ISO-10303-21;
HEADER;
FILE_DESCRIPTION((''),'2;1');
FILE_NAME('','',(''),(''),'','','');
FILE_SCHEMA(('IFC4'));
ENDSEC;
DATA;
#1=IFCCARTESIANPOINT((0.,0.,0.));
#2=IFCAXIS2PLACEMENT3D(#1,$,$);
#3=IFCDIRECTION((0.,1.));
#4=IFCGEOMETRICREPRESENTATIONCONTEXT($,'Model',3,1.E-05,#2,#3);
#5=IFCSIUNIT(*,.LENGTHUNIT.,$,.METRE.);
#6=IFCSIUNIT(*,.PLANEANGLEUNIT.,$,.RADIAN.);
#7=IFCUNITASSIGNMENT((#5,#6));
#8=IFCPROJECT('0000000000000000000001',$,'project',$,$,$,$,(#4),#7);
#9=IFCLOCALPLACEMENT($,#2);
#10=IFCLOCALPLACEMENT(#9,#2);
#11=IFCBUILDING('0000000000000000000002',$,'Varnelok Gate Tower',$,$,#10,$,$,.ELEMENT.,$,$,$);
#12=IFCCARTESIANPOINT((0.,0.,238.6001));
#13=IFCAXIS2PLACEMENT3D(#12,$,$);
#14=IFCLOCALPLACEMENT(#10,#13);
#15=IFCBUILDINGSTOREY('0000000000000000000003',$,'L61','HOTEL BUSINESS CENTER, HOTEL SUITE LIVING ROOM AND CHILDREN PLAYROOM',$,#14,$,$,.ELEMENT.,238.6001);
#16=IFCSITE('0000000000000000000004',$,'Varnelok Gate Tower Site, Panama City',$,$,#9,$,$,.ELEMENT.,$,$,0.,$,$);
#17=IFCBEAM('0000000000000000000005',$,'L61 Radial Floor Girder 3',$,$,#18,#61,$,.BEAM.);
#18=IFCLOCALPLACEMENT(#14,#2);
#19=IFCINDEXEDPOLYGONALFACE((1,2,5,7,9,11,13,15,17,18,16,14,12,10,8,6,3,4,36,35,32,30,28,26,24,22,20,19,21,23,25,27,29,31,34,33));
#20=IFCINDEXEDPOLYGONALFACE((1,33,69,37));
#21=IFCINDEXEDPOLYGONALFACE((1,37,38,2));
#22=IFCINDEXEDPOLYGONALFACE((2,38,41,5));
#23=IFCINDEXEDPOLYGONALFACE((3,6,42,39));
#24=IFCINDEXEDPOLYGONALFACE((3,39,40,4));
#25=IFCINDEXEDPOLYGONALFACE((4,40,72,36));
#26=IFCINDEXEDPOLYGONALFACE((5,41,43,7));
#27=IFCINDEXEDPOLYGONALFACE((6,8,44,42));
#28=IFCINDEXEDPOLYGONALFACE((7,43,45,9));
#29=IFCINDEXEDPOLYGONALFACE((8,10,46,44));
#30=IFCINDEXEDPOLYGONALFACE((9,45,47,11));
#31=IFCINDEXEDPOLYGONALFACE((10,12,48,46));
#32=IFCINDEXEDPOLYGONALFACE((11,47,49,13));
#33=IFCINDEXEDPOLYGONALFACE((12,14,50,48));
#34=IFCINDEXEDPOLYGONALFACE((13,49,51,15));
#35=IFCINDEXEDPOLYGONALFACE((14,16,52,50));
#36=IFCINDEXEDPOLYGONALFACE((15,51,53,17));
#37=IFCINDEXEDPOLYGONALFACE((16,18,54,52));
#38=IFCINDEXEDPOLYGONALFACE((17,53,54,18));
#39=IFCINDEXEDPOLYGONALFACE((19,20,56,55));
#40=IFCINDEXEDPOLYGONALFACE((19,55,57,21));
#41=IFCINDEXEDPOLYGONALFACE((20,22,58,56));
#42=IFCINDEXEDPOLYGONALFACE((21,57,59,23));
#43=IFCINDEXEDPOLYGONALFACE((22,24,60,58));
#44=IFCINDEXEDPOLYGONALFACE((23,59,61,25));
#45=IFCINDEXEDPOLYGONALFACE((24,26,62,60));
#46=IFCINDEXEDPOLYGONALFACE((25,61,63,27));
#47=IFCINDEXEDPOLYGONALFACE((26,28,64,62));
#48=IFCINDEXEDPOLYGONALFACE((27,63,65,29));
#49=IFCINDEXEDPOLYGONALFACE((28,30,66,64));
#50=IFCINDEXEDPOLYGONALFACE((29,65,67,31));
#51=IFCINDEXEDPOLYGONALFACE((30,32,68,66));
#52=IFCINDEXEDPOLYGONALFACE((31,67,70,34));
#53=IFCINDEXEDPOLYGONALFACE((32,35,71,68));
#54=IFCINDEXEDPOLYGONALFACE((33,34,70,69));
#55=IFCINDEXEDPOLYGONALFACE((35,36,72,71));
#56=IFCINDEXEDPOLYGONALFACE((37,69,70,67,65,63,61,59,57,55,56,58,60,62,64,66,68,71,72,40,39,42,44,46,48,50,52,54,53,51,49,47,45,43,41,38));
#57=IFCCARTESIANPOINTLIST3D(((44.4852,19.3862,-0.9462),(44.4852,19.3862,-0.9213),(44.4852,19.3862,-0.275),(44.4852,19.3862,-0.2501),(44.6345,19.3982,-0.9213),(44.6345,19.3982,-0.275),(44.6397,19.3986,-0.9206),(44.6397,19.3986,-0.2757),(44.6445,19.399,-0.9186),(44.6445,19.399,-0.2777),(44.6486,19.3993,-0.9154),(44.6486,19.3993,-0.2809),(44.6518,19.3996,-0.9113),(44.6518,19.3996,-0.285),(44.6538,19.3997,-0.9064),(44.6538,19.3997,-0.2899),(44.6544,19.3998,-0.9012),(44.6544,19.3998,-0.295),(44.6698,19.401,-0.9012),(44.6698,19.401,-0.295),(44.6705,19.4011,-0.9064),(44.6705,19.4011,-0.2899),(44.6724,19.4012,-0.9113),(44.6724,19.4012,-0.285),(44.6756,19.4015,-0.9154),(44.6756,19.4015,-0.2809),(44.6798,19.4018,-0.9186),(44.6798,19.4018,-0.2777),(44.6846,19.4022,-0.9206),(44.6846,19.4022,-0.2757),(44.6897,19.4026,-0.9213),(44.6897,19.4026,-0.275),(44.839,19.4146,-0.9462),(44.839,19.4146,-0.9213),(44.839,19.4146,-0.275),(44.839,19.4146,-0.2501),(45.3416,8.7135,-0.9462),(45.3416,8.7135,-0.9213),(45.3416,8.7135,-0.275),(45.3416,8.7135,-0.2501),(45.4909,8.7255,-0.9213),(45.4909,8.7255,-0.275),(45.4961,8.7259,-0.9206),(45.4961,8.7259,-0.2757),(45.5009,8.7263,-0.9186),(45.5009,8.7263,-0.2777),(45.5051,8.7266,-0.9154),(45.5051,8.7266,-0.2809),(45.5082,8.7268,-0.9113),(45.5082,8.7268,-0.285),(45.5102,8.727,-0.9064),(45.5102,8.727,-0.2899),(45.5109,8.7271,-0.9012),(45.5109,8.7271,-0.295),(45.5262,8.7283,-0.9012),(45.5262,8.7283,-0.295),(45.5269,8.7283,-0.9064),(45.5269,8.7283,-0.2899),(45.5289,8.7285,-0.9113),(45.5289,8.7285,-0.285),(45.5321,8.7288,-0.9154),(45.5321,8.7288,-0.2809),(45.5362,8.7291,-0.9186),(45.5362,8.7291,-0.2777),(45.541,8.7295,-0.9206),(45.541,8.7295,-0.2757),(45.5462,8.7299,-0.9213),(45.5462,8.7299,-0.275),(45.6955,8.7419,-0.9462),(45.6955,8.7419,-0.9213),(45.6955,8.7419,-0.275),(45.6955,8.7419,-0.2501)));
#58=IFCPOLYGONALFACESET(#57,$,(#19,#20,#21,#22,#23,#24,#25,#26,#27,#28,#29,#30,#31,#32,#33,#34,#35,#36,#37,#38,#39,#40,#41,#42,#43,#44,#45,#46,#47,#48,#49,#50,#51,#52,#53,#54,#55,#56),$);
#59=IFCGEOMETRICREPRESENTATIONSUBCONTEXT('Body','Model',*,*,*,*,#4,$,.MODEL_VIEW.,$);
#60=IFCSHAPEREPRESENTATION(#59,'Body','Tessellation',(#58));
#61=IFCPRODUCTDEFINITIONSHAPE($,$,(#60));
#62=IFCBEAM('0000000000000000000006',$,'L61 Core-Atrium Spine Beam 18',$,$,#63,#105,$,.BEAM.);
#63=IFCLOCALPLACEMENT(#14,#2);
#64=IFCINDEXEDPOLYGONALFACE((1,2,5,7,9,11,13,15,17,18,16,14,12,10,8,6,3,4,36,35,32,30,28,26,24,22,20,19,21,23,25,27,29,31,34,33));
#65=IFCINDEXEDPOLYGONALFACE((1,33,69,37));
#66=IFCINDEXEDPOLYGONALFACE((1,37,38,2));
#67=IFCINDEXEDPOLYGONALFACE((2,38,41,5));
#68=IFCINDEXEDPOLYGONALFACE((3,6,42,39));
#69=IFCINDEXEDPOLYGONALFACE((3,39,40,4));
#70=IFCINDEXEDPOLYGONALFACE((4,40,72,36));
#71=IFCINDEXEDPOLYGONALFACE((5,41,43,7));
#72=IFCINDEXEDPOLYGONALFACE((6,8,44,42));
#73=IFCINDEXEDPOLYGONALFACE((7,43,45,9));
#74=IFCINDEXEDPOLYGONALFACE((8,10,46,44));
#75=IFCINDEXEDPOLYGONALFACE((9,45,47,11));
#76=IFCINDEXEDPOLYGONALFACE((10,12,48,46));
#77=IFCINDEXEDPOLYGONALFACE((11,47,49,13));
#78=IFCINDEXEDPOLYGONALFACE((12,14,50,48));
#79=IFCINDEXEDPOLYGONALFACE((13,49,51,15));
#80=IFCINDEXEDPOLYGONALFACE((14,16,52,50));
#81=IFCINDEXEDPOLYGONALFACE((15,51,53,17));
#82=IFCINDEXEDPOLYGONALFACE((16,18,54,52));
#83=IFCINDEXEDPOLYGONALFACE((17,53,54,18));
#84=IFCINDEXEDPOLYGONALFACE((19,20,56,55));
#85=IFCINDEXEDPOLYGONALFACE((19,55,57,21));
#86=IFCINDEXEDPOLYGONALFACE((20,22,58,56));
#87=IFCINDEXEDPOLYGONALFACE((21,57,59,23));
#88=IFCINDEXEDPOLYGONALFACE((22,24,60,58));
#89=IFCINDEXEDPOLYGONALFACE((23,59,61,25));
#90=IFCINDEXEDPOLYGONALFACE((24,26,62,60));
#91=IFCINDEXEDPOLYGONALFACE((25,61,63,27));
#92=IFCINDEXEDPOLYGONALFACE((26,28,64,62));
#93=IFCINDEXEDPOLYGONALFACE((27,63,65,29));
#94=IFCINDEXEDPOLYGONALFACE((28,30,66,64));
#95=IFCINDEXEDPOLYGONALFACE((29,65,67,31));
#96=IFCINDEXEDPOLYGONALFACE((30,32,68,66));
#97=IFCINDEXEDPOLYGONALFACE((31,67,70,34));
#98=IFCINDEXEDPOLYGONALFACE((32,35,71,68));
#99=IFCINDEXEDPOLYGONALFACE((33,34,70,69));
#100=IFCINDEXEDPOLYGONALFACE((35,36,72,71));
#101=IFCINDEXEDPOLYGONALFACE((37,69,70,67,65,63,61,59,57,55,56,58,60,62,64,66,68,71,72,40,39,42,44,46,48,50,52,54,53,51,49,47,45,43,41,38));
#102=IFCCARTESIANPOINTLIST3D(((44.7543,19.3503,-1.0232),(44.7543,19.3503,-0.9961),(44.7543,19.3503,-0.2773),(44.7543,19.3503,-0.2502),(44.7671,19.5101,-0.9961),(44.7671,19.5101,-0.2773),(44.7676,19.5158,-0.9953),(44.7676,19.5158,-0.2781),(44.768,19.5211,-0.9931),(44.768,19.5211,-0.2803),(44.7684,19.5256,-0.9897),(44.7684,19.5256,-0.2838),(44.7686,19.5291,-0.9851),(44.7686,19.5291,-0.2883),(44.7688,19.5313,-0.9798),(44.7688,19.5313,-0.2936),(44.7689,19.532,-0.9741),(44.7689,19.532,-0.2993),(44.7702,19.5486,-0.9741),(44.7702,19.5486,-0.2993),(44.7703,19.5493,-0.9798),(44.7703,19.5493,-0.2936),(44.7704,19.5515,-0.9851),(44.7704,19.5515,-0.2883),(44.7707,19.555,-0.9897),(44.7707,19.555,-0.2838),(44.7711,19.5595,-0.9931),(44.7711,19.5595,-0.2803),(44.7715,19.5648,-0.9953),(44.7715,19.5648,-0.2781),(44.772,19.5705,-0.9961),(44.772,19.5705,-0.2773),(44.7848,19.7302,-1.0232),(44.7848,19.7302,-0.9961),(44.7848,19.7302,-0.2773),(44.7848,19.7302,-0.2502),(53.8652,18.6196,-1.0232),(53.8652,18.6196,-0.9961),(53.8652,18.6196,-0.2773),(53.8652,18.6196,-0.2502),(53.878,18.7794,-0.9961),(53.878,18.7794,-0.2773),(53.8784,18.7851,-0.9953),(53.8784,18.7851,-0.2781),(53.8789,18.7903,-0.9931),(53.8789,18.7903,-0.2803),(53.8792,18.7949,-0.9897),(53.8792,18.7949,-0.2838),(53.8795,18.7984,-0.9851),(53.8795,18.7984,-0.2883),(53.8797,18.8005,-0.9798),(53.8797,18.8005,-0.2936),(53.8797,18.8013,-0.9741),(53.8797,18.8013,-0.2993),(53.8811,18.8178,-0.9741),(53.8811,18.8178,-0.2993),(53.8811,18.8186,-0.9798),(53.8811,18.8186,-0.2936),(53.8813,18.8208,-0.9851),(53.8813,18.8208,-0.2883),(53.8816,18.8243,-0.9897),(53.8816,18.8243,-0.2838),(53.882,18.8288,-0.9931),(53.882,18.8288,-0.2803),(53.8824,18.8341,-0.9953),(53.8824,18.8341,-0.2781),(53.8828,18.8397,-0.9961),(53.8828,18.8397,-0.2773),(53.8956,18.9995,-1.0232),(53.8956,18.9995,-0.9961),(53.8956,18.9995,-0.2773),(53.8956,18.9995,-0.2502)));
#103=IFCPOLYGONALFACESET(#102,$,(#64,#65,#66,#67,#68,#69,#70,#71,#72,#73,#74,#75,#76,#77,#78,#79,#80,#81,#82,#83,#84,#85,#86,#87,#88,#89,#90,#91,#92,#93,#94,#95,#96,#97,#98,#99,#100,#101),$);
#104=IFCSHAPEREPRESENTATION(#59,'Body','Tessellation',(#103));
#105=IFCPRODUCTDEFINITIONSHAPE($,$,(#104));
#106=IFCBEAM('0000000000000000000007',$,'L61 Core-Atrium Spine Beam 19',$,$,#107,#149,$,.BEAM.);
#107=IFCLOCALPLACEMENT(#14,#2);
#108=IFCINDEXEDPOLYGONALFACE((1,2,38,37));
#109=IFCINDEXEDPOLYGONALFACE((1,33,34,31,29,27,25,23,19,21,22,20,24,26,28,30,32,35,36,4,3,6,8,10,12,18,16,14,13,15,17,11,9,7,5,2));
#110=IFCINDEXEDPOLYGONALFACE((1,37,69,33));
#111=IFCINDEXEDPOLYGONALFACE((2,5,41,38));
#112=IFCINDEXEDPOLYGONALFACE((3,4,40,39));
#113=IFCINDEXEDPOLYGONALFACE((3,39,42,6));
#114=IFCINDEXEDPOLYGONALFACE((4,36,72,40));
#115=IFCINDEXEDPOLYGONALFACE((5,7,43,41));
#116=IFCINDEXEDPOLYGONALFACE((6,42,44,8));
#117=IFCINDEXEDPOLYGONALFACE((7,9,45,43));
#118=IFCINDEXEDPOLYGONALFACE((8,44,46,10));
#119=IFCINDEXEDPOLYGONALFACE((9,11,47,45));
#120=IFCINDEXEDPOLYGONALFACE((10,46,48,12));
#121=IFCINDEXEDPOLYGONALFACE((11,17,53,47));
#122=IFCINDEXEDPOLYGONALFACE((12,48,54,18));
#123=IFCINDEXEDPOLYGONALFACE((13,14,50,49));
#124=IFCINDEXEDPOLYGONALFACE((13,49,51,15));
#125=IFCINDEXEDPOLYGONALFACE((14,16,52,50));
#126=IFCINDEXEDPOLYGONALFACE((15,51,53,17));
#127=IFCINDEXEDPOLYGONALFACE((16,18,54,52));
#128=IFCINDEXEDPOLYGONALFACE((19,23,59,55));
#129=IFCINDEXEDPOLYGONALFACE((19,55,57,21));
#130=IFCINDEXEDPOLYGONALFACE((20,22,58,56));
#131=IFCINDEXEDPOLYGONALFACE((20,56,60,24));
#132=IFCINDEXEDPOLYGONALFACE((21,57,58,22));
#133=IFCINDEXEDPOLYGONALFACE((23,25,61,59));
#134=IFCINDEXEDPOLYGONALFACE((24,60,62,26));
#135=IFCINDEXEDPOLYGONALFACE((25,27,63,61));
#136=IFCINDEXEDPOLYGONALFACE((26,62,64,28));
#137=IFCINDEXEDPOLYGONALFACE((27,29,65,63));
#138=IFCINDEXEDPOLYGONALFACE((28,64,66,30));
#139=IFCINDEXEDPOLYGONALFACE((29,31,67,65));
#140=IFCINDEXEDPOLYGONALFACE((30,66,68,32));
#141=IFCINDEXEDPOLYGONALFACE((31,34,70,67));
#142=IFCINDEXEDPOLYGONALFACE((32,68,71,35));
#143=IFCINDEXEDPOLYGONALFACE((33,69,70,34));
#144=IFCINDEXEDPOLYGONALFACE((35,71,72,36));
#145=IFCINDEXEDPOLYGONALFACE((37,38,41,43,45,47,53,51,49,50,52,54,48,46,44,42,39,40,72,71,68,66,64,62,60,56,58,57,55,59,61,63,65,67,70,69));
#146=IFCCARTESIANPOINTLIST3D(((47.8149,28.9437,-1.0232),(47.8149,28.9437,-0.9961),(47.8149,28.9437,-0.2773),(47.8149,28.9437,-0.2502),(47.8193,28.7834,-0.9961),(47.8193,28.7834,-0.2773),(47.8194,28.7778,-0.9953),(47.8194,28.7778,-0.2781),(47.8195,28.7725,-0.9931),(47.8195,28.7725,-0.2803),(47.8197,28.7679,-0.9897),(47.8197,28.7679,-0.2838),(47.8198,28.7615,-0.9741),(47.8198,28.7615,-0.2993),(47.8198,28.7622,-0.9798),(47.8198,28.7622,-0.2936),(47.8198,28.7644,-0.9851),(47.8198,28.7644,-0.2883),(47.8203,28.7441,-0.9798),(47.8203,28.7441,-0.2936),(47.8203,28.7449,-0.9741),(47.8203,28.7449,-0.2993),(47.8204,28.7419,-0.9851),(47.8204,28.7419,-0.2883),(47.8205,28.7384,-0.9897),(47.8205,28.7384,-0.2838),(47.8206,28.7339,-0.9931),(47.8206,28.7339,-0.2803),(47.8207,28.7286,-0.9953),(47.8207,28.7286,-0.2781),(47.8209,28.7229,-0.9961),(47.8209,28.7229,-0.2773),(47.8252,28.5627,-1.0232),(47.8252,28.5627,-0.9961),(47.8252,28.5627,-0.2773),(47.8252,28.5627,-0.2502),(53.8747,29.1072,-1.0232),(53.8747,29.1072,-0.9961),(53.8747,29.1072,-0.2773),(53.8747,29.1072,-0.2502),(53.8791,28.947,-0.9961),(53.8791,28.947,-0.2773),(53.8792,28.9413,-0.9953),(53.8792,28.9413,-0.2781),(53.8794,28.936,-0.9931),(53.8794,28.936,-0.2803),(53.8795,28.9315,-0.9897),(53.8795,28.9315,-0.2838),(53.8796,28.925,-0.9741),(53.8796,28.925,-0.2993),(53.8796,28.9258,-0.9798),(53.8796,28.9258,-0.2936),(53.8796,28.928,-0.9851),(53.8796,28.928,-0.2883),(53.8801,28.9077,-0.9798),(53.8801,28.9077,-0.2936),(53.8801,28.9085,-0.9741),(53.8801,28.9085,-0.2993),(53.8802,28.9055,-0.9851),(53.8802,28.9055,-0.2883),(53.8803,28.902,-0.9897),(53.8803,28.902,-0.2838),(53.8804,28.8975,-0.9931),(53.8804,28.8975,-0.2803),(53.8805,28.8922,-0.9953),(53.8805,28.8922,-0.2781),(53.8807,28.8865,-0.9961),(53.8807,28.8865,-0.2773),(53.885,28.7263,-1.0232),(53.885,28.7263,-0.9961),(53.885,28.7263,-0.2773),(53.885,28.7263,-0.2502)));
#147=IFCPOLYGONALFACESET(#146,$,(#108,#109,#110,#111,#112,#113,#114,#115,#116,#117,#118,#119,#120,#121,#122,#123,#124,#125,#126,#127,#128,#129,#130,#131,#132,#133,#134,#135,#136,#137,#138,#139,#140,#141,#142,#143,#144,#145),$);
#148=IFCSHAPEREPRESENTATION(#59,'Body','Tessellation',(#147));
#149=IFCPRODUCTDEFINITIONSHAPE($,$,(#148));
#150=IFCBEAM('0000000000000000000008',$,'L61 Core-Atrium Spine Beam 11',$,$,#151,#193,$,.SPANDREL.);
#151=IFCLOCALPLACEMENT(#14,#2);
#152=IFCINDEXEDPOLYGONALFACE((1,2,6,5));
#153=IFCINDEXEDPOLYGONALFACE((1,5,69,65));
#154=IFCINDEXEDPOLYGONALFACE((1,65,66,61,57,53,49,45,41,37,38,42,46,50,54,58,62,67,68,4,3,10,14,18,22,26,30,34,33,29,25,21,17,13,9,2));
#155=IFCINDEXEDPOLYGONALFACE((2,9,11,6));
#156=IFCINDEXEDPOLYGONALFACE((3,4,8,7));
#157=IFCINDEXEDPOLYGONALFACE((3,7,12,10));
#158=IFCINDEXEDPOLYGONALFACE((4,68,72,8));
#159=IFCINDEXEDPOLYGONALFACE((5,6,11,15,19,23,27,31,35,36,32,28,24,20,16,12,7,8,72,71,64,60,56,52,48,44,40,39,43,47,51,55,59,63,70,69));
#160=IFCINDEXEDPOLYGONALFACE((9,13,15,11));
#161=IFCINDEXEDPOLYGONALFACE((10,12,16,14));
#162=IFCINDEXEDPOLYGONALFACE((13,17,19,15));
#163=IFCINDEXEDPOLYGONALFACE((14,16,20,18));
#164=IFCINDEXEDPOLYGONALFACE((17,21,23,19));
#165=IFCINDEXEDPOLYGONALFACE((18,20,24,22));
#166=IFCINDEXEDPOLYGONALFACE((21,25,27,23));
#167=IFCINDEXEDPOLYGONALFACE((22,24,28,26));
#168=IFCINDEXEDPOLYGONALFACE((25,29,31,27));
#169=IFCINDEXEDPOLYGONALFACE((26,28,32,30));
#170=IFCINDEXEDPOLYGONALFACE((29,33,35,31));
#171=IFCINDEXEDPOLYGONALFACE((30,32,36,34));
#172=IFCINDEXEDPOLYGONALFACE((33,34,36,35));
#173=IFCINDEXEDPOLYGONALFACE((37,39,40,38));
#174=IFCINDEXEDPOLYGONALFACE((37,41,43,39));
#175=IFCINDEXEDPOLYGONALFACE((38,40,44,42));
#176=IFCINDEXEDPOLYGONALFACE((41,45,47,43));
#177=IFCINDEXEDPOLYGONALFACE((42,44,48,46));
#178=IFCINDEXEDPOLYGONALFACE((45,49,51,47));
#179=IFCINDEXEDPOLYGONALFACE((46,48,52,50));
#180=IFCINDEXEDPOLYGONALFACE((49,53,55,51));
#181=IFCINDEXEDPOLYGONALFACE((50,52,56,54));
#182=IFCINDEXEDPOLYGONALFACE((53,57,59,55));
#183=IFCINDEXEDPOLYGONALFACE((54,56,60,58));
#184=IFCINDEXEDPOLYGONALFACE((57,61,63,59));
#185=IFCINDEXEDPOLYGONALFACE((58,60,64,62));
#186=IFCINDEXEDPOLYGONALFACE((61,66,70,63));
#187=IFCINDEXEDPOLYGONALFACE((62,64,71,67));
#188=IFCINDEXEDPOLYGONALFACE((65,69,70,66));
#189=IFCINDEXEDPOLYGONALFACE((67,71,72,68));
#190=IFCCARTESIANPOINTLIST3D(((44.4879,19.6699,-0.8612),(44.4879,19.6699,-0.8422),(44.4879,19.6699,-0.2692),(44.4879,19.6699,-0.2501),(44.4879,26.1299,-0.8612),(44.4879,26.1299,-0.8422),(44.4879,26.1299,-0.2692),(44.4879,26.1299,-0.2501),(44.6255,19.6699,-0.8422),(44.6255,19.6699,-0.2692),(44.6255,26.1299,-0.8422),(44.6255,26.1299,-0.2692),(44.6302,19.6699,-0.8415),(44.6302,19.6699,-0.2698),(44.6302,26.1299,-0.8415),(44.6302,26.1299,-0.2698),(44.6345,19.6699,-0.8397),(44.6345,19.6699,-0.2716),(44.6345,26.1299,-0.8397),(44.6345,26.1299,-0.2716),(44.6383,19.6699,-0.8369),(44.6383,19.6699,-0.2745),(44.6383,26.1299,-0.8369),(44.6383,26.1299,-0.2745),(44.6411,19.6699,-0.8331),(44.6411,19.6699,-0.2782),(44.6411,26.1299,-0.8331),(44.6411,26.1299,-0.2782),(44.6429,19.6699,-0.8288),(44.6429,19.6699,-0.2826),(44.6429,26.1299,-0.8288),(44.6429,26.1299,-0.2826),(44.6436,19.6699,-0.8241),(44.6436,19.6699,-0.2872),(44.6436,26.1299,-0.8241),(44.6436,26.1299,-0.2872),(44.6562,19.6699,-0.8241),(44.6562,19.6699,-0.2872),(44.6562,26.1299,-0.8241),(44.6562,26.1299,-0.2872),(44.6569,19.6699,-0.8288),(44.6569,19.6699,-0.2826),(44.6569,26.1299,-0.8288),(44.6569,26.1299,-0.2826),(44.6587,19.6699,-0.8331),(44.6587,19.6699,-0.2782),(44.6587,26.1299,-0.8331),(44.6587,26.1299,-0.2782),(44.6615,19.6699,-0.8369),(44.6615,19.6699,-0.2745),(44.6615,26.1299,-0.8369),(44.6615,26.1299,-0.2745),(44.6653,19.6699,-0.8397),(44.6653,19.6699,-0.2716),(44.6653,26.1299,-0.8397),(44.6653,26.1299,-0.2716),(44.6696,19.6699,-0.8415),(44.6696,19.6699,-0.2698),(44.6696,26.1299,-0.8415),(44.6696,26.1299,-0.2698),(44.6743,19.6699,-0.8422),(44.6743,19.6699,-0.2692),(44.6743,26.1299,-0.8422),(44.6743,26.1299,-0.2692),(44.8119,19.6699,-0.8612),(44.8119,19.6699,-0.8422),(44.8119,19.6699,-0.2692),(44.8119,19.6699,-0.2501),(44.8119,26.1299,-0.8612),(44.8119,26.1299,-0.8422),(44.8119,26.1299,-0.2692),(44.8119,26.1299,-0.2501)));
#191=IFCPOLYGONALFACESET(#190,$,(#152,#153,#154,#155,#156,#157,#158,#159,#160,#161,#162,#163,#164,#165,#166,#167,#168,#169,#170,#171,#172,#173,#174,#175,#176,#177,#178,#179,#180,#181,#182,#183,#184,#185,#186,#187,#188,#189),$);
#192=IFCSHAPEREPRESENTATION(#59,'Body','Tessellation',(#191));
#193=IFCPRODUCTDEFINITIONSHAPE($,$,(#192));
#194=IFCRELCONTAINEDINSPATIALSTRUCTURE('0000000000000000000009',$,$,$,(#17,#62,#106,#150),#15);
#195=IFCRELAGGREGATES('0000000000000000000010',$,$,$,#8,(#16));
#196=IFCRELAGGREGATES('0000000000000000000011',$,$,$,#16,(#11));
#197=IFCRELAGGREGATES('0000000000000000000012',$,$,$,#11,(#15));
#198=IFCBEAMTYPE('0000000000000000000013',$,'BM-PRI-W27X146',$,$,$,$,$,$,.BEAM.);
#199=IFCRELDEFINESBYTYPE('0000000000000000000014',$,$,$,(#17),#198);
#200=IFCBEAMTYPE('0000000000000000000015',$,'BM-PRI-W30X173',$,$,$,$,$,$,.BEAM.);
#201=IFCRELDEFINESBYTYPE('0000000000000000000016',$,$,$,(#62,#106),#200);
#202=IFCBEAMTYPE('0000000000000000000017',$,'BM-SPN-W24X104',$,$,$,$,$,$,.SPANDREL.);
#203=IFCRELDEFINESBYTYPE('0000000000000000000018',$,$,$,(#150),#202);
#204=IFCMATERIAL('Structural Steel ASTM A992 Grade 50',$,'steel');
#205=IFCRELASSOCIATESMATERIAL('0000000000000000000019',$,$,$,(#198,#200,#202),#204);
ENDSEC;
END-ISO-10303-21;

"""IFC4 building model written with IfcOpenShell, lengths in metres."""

from ifc_helpers import new_model, si_unit, direction, frame, origin, origin_2d, place, context, subcontext, project, spatial, i_section, extrude, material, material_profile, profile_set, type_object, element, save


model = new_model("IFC4")

# Units and contexts
model_context = context("Model", 3, precision=1e-05, world=origin(), true_north=direction((0.0, 1.0)))
body_context = subcontext(model_context, "Body", "Model", "MODEL_VIEW")
ifc_project = project(units=[si_unit("LENGTHUNIT", "METRE"), si_unit("PLANEANGLEUNIT", "RADIAN")], contexts=[model_context])

# Site, building, storey
site_placement = place(None, origin())
site = spatial("IfcSite", under=ifc_project, at=site_placement, Name="Varnelok Gate Tower Site, Panama City", CompositionType="ELEMENT", RefElevation=0.0)
building_placement = place(site_placement, origin())
building = spatial("IfcBuilding", under=site, at=building_placement, Name="Varnelok Gate Tower", CompositionType="ELEMENT")
storey_placement = place(building_placement, frame((0.0, 0.0, 238.6001)))
storey = spatial("IfcBuildingStorey", under=building, at=storey_placement, Name="L61", Description="HOTEL BUSINESS CENTER, HOTEL SUITE LIVING ROOM AND CHILDREN PLAYROOM", CompositionType="ELEMENT", Elevation=238.6001)

# Shared definitions
ifc_material_1 = material(Name="Structural Steel ASTM A992 Grade 50", Category="steel")

# Beams
ifc_material_profile_1 = material_profile(ifc_material_1, i_section(OverallWidth=0.355, OverallDepth=0.696, WebThickness=0.0154, FlangeThickness=0.0249, FilletRadius=0.02, at=origin_2d()), Name="W27X146")
ifc_profile_set_1 = profile_set([ifc_material_profile_1], Name="Structural Steel ASTM A992 Grade 50")
beam_type_1 = type_object("IfcBeamType", Name="BM-PRI-W27X146", PredefinedType="BEAM", material=ifc_profile_set_1)
beam_1_placement = place(storey_placement, frame((44.6621, 19.4004, -0.5981), z_axis=(0.07999, -0.996796, 0.0), x_axis=(0.996796, 0.07999, 0.0)))
element("IfcBeam", 1, at=beam_1_placement, inside=storey, type_object=beam_type_1, Name="L61 Radial Floor Girder 3", PredefinedType="BEAM", context=body_context, shape_type="SweptSolid", body=[
    extrude(i_section(OverallWidth=0.355, OverallDepth=0.696, WebThickness=0.0154, FlangeThickness=0.0249, FilletRadius=0.02, at=origin_2d()), origin(), (0.0, 0.0, 1.0), 10.707),
])
ifc_material_profile_2 = material_profile(ifc_material_1, i_section(OverallWidth=0.3811, OverallDepth=0.7729, WebThickness=0.0166, FlangeThickness=0.0271, FilletRadius=0.022, at=origin_2d()), Name="W30X173")
ifc_profile_set_2 = profile_set([ifc_material_profile_2], Name="Structural Steel ASTM A992 Grade 50")
beam_type_2 = type_object("IfcBeamType", Name="BM-PRI-W30X173", PredefinedType="BEAM", material=ifc_profile_set_2)
beam_2_placement = place(storey_placement, frame((44.7695, 19.5403, -0.6367), z_axis=(0.996799, -0.079946, 0.0), x_axis=(0.079946, 0.996799, 0.0)))
element("IfcBeam", 2, at=beam_2_placement, inside=storey, type_object=beam_type_2, Name="L61 Core-Atrium Spine Beam 18", PredefinedType="BEAM", context=body_context, shape_type="SweptSolid", body=[
    extrude(i_section(OverallWidth=0.3811, OverallDepth=0.7729, WebThickness=0.0166, FlangeThickness=0.0271, FilletRadius=0.022, at=origin_2d()), origin(), (0.0, 0.0, 1.0), 9.1401),
])
beam_3_placement = place(storey_placement, frame((47.8201, 28.7532, -0.6367), z_axis=(0.999636, 0.026983, 0.0), x_axis=(-0.026983, 0.999636, 0.0)))
element("IfcBeam", 3, at=beam_3_placement, inside=storey, type_object=beam_type_2, Name="L61 Core-Atrium Spine Beam 19", PredefinedType="BEAM", context=body_context, shape_type="SweptSolid", body=[
    extrude(i_section(OverallWidth=0.3811, OverallDepth=0.7729, WebThickness=0.0166, FlangeThickness=0.0271, FilletRadius=0.022, at=origin_2d()), origin(), (0.0, 0.0, 1.0), 6.062),
])
ifc_material_profile_3 = material_profile(ifc_material_1, i_section(OverallWidth=0.324, OverallDepth=0.6111, WebThickness=0.0127, FlangeThickness=0.019, FilletRadius=0.0181, at=origin_2d()), Name="W24X104")
ifc_profile_set_3 = profile_set([ifc_material_profile_3], Name="Structural Steel ASTM A992 Grade 50")
beam_type_3 = type_object("IfcBeamType", Name="BM-SPN-W24X104", PredefinedType="SPANDREL", material=ifc_profile_set_3)
beam_4_placement = place(storey_placement, frame((44.6499, 19.6699, -0.5557), z_axis=(0.0, 1.0, 0.0), x_axis=(-1.0, 0.0, 0.0)))
element("IfcBeam", 4, at=beam_4_placement, inside=storey, type_object=beam_type_3, Name="L61 Core-Atrium Spine Beam 11", PredefinedType="SPANDREL", context=body_context, shape_type="SweptSolid", body=[
    extrude(i_section(OverallWidth=0.324, OverallDepth=0.6111, WebThickness=0.0127, FlangeThickness=0.019, FilletRadius=0.0181, at=origin_2d()), origin(), (0.0, 0.0, 1.0), 6.46),
])

save(model, "model.ifc")
